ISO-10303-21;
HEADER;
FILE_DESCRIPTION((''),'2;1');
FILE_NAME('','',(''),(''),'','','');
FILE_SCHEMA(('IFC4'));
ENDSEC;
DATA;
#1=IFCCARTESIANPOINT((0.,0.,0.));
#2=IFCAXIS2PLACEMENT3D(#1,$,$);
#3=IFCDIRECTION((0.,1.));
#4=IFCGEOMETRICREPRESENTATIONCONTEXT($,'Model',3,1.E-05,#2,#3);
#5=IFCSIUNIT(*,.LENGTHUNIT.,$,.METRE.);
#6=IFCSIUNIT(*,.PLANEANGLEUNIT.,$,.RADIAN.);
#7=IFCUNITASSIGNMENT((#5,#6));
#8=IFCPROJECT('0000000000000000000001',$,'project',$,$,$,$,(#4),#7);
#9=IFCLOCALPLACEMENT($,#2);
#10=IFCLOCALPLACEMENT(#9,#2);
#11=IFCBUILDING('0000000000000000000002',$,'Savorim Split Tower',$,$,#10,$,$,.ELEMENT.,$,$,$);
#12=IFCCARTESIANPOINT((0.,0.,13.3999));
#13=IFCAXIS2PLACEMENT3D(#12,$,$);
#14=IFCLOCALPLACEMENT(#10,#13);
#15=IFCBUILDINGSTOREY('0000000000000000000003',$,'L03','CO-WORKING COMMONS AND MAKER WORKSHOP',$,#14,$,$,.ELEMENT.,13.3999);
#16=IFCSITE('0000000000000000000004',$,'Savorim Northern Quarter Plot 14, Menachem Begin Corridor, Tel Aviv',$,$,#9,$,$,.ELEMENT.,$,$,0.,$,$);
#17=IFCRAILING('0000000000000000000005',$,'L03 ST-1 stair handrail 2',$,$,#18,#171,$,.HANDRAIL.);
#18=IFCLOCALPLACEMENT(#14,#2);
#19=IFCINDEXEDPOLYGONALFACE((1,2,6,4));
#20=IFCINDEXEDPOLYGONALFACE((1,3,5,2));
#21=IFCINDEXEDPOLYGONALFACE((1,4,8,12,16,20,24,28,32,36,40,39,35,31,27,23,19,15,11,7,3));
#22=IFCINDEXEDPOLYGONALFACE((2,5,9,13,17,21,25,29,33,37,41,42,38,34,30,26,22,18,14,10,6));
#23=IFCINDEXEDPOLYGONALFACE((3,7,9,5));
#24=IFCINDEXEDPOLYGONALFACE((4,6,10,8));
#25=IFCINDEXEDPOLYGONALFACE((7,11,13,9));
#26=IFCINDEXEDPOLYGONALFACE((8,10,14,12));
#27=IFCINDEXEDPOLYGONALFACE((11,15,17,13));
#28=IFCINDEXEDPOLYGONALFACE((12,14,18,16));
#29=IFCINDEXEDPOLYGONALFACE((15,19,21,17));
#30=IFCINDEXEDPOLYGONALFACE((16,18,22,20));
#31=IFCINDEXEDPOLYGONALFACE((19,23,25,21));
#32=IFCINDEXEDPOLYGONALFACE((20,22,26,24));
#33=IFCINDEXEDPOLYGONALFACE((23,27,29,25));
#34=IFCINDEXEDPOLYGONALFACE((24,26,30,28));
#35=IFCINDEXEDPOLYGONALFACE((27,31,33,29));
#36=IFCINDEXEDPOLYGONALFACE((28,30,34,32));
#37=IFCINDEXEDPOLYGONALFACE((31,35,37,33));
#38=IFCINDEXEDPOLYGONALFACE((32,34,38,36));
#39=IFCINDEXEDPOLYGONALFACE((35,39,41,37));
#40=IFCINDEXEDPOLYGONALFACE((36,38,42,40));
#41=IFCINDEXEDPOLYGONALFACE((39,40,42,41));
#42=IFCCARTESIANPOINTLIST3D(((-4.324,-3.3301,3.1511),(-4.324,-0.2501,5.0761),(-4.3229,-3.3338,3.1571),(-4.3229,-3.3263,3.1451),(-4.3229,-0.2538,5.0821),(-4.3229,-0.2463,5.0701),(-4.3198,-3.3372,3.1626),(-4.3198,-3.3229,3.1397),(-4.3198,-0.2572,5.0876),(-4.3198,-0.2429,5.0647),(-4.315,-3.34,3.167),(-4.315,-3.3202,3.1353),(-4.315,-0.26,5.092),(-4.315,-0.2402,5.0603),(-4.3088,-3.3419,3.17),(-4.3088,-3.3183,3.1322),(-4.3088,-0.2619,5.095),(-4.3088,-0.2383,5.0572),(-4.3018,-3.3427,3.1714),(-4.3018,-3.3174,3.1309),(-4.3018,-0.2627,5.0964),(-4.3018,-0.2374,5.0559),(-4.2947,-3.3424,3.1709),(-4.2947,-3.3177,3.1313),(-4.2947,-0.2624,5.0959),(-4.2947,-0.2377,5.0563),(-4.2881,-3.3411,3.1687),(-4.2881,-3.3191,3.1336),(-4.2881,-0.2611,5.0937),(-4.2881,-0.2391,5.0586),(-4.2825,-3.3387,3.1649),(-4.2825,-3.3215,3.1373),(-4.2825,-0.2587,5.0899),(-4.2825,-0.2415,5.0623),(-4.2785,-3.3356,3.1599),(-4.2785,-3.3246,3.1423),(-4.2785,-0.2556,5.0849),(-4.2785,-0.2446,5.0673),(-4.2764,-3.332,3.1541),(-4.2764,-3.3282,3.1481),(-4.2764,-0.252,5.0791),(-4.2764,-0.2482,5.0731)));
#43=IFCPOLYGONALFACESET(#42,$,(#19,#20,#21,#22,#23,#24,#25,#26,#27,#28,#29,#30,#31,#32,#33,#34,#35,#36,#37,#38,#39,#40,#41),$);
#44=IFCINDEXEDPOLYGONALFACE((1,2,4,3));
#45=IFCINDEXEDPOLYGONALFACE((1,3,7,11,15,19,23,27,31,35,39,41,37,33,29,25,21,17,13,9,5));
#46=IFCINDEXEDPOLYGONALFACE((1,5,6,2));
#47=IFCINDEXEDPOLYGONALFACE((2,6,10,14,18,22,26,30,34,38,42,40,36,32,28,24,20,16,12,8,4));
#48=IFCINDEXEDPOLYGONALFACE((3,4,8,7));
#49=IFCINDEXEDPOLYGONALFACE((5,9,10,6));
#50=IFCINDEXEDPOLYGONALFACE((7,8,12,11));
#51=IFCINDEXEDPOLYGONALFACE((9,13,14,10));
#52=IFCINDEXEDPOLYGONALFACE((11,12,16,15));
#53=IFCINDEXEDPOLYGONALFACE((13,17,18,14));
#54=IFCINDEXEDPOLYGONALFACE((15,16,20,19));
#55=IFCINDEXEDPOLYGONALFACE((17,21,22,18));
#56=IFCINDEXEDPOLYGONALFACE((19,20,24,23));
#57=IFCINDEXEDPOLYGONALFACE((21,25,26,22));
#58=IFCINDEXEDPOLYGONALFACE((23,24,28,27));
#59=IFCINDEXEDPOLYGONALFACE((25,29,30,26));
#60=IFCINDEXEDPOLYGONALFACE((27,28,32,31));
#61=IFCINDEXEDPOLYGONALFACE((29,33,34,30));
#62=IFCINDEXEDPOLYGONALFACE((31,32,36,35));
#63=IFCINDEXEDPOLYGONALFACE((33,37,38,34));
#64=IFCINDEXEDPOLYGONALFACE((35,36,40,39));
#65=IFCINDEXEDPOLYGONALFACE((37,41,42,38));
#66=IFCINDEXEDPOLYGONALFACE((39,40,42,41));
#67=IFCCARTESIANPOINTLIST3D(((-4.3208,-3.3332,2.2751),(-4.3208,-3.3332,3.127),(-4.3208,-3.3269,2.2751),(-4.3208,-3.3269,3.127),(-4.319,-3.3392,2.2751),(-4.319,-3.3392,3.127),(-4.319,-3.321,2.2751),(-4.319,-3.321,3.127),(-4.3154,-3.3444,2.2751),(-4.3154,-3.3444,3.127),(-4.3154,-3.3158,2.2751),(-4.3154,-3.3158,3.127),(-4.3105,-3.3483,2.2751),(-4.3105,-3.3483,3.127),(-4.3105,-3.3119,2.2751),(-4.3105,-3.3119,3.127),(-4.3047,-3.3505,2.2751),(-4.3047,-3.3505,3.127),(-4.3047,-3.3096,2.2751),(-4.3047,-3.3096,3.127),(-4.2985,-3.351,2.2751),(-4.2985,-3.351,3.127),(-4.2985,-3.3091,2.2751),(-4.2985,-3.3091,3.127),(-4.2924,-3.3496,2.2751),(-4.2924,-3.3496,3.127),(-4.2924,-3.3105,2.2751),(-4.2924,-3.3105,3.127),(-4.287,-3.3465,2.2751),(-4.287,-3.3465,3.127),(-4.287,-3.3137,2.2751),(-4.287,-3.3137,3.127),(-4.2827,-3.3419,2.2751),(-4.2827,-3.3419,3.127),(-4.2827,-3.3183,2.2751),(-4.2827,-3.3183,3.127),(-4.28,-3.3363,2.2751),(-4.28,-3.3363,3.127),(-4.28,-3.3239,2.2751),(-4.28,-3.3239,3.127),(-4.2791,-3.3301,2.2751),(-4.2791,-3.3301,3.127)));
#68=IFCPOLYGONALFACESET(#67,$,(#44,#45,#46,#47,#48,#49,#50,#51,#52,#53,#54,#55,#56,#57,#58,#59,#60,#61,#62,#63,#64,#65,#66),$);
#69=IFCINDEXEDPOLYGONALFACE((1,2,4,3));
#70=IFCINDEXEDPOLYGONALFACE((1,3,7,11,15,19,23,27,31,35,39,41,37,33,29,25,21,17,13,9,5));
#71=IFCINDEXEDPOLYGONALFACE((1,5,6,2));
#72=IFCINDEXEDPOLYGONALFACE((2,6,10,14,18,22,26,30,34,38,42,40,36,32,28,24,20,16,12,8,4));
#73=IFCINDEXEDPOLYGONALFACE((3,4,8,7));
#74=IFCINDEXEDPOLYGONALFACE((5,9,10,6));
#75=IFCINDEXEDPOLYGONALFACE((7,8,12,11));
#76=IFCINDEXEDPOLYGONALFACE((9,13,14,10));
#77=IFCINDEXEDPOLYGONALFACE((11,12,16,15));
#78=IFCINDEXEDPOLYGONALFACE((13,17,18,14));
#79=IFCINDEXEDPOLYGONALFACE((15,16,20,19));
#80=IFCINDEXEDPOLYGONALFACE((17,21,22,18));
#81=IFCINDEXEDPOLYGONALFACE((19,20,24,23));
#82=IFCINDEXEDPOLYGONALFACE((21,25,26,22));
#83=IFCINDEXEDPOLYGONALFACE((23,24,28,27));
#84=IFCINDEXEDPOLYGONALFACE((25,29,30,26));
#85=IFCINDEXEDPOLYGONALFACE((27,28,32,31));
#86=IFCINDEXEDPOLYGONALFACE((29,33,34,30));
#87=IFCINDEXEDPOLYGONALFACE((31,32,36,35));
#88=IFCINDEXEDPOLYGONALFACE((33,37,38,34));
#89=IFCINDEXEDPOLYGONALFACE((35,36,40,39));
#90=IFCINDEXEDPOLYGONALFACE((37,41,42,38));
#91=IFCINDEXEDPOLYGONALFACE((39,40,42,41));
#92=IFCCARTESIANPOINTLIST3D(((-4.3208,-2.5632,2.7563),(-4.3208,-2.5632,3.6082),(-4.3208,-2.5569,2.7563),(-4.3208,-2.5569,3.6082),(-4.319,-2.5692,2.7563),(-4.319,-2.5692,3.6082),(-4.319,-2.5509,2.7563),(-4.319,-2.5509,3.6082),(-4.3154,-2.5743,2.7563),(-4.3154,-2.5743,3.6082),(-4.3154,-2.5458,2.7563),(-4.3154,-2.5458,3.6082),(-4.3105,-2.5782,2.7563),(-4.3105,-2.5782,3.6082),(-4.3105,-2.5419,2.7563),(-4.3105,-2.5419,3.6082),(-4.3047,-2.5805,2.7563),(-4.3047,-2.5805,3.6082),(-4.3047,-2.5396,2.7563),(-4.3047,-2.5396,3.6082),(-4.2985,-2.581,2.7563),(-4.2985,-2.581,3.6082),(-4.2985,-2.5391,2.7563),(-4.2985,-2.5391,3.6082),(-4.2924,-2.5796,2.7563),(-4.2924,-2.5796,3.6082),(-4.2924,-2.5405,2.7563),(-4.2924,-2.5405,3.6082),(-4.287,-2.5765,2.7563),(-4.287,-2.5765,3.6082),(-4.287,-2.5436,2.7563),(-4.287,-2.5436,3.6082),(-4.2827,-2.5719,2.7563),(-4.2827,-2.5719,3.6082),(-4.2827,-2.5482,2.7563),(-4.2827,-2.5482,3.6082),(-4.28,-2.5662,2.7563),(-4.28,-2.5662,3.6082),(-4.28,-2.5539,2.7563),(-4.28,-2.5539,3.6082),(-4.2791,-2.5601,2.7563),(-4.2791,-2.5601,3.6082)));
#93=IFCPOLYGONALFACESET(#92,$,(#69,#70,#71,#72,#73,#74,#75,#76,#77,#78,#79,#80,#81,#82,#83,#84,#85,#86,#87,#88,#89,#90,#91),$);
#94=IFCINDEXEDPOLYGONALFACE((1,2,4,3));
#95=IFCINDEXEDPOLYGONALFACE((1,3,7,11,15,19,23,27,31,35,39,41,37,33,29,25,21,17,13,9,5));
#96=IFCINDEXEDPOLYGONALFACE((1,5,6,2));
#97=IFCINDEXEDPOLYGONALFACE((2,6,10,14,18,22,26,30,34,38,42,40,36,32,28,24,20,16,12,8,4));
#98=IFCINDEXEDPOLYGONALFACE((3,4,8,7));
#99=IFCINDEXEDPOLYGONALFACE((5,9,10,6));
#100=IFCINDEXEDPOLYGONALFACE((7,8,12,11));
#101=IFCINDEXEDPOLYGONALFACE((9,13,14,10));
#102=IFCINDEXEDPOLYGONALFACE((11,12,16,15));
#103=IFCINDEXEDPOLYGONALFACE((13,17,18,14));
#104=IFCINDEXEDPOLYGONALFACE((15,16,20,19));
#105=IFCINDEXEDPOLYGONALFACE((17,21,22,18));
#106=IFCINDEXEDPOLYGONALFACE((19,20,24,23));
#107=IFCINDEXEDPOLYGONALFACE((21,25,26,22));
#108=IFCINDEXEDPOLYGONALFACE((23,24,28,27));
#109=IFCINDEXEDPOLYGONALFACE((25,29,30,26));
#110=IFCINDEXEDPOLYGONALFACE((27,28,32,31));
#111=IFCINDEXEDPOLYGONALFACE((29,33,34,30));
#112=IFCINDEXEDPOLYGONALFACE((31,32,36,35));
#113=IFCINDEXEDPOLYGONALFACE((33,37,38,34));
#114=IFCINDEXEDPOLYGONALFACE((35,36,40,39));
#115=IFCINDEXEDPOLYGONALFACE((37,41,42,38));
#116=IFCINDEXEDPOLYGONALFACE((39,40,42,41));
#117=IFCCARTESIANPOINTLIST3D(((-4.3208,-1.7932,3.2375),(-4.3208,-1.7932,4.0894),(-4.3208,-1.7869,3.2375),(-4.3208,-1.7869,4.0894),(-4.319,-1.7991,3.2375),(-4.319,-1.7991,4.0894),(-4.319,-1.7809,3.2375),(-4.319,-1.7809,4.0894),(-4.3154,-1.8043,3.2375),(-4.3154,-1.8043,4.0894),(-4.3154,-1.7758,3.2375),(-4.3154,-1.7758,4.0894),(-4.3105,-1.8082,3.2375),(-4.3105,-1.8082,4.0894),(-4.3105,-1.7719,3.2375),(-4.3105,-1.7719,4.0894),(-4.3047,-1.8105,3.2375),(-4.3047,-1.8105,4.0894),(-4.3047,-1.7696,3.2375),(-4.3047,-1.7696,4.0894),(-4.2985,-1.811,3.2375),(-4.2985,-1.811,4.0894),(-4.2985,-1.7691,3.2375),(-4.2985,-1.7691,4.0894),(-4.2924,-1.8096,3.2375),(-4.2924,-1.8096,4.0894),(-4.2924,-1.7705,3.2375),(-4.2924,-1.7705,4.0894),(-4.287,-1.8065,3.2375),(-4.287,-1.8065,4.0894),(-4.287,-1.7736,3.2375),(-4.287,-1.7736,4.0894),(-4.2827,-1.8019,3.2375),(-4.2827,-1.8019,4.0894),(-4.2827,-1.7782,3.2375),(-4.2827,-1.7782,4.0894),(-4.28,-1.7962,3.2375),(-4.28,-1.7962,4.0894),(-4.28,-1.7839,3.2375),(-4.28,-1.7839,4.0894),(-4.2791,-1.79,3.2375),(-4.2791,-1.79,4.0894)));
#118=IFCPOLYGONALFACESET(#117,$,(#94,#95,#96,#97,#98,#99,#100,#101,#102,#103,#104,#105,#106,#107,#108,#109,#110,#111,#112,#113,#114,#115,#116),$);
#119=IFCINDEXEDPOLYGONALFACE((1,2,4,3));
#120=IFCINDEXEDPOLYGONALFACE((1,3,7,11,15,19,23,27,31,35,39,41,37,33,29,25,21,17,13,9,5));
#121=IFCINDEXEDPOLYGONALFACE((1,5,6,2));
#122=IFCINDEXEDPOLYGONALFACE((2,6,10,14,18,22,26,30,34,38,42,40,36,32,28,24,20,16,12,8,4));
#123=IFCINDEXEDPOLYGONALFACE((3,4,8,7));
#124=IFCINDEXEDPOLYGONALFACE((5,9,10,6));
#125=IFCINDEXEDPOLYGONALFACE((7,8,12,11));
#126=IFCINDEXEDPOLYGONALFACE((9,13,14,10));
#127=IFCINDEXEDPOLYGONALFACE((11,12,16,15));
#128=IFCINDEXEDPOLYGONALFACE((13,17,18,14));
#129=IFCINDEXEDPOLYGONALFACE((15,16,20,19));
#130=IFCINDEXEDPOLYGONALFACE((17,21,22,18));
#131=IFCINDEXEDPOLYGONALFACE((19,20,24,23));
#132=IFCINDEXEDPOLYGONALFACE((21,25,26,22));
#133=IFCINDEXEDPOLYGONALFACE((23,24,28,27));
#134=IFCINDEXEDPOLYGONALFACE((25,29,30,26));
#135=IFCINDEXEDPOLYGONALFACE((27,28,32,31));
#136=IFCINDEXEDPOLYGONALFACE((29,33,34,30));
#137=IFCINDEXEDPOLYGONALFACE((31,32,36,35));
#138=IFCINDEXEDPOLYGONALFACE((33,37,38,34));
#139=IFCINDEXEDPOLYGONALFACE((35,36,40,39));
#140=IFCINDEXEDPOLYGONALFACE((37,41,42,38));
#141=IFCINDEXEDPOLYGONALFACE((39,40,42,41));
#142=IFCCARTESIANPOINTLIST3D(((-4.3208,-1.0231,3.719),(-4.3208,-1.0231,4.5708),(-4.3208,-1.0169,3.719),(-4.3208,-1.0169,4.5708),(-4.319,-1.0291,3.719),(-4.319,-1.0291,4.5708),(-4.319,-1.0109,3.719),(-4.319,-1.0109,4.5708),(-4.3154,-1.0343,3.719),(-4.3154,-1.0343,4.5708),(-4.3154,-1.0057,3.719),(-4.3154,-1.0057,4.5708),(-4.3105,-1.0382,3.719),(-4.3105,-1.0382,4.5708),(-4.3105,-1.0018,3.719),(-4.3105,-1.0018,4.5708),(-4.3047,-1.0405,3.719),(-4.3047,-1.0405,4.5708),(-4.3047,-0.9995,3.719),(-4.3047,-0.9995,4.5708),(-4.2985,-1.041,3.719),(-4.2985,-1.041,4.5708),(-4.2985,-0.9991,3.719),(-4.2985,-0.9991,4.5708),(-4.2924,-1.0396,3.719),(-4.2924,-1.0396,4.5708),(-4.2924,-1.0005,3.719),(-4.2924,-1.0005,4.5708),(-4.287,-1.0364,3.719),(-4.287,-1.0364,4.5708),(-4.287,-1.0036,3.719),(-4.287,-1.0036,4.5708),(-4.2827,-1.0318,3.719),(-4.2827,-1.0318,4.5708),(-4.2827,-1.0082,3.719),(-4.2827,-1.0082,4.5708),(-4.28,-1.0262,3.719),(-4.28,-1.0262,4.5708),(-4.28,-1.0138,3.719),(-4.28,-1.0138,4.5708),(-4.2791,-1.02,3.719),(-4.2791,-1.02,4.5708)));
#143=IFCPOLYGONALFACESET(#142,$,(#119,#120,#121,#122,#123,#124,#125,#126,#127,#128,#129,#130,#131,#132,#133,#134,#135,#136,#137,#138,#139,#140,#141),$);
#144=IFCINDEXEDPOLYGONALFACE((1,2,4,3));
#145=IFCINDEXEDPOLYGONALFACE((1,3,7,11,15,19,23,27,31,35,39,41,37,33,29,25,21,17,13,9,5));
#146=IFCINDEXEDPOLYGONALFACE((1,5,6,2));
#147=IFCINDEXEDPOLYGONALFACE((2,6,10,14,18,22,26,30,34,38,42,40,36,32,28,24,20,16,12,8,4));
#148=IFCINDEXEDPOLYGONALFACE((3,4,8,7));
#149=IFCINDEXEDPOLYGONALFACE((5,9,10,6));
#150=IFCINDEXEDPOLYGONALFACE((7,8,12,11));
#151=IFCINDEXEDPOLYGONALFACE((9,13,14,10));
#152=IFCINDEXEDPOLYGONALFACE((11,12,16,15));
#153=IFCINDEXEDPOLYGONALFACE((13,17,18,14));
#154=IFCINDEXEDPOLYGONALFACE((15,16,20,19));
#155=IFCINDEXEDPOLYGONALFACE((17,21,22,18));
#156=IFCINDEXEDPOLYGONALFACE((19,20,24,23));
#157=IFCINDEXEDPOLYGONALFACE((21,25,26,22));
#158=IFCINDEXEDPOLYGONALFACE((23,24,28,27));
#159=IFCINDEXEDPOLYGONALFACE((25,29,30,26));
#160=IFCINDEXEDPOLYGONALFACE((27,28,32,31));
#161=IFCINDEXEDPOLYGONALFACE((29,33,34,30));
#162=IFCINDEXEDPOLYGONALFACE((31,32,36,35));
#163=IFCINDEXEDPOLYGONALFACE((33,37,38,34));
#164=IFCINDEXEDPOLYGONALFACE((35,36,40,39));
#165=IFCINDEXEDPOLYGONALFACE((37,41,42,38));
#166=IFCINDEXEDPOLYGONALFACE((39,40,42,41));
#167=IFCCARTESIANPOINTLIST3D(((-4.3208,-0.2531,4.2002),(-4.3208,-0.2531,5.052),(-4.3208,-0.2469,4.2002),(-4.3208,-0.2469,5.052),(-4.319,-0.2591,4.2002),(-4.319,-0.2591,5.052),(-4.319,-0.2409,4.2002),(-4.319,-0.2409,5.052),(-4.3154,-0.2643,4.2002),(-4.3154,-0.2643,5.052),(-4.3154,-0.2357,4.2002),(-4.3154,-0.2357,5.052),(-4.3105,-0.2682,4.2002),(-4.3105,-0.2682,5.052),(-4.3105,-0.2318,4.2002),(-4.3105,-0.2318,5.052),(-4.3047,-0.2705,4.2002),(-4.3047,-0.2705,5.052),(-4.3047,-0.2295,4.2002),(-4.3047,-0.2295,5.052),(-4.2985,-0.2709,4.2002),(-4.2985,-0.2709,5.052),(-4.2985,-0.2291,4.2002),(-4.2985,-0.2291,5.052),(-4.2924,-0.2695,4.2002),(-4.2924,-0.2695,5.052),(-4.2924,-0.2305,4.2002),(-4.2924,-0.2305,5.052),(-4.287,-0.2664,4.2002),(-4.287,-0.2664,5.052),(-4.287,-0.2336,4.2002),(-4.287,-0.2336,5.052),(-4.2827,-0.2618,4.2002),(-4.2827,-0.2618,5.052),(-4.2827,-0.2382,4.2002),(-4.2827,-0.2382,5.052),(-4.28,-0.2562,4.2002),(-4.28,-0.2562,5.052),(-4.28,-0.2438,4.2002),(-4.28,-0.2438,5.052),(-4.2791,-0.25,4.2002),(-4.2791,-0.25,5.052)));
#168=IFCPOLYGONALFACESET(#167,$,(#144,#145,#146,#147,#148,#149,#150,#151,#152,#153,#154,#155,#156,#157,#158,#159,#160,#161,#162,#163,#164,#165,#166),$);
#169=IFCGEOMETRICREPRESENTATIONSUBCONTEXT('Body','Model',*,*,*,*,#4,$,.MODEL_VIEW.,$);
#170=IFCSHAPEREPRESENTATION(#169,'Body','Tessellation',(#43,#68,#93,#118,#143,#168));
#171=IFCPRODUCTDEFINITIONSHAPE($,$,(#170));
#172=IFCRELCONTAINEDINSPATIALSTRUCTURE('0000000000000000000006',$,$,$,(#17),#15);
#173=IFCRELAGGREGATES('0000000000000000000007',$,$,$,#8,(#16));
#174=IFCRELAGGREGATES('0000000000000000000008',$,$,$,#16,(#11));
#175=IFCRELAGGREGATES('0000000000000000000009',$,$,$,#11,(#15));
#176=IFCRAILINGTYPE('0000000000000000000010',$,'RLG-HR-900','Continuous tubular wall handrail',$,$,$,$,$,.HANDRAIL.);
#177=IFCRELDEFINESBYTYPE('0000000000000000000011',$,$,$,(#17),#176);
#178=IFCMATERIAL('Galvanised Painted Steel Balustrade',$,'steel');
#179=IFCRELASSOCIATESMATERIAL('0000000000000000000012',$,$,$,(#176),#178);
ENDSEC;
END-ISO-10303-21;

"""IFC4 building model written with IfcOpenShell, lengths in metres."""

from ifc_helpers import new_model, si_unit, direction, frame, origin, origin_2d, place, context, subcontext, project, spatial, circle, extrude, material, type_object, element, save


model = new_model("IFC4")

# Units and contexts
model_context = context("Model", 3, precision=1e-05, world=origin(), true_north=direction((0.0, 1.0)))
body_context = subcontext(model_context, "Body", "Model", "MODEL_VIEW")
ifc_project = project(units=[si_unit("LENGTHUNIT", "METRE"), si_unit("PLANEANGLEUNIT", "RADIAN")], contexts=[model_context])

# Site, building, storey
site_placement = place(None, origin())
site = spatial("IfcSite", under=ifc_project, at=site_placement, Name="Savorim Northern Quarter Plot 14, Menachem Begin Corridor, Tel Aviv", CompositionType="ELEMENT", RefElevation=0.0)
building_placement = place(site_placement, origin())
building = spatial("IfcBuilding", under=site, at=building_placement, Name="Savorim Split Tower", CompositionType="ELEMENT")
storey_placement = place(building_placement, frame((0.0, 0.0, 13.3999)))
storey = spatial("IfcBuildingStorey", under=building, at=storey_placement, Name="L03", Description="CO-WORKING COMMONS AND MAKER WORKSHOP", CompositionType="ELEMENT", Elevation=13.3999)

# Railing
ifc_material_1 = material(Name="Galvanised Painted Steel Balustrade", Category="steel")
railing_type_1 = type_object("IfcRailingType", Name="RLG-HR-900", Description="Continuous tubular wall handrail", PredefinedType="HANDRAIL", material=ifc_material_1)
railing_1_placement = place(storey_placement, frame((-4.3, -3.3301, 2.2751)))
element("IfcRailing", 1, at=railing_1_placement, inside=storey, type_object=railing_type_1, Name="L03 ST-1 stair handrail 2", PredefinedType="HANDRAIL", context=body_context, shape_type="SweptSolid", body=[
    extrude(circle(Radius=0.0239, at=origin_2d()), frame((0.0, 0.0, 0.876), z_axis=(0.0, 0.847998, 0.529999), x_axis=(-1.0, 0.0, 0.0)), (0.0, 0.0, 1.0), 3.6321),
    extrude(circle(Radius=0.021, at=origin_2d()), origin(), (0.0, 0.0, 1.0), 0.8518),
    extrude(circle(Radius=0.021, at=origin_2d()), frame((0.0, 0.77, 0.4812)), (0.0, 0.0, 1.0), 0.8518),
    extrude(circle(Radius=0.021, at=origin_2d()), frame((0.0, 1.54, 0.9624)), (0.0, 0.0, 1.0), 0.8518),
    extrude(circle(Radius=0.021, at=origin_2d()), frame((0.0, 2.3101, 1.4438)), (0.0, 0.0, 1.0), 0.8518),
    extrude(circle(Radius=0.021, at=origin_2d()), frame((0.0, 3.0801, 1.925)), (0.0, 0.0, 1.0), 0.8518),
])

save(model, "model.ifc")
